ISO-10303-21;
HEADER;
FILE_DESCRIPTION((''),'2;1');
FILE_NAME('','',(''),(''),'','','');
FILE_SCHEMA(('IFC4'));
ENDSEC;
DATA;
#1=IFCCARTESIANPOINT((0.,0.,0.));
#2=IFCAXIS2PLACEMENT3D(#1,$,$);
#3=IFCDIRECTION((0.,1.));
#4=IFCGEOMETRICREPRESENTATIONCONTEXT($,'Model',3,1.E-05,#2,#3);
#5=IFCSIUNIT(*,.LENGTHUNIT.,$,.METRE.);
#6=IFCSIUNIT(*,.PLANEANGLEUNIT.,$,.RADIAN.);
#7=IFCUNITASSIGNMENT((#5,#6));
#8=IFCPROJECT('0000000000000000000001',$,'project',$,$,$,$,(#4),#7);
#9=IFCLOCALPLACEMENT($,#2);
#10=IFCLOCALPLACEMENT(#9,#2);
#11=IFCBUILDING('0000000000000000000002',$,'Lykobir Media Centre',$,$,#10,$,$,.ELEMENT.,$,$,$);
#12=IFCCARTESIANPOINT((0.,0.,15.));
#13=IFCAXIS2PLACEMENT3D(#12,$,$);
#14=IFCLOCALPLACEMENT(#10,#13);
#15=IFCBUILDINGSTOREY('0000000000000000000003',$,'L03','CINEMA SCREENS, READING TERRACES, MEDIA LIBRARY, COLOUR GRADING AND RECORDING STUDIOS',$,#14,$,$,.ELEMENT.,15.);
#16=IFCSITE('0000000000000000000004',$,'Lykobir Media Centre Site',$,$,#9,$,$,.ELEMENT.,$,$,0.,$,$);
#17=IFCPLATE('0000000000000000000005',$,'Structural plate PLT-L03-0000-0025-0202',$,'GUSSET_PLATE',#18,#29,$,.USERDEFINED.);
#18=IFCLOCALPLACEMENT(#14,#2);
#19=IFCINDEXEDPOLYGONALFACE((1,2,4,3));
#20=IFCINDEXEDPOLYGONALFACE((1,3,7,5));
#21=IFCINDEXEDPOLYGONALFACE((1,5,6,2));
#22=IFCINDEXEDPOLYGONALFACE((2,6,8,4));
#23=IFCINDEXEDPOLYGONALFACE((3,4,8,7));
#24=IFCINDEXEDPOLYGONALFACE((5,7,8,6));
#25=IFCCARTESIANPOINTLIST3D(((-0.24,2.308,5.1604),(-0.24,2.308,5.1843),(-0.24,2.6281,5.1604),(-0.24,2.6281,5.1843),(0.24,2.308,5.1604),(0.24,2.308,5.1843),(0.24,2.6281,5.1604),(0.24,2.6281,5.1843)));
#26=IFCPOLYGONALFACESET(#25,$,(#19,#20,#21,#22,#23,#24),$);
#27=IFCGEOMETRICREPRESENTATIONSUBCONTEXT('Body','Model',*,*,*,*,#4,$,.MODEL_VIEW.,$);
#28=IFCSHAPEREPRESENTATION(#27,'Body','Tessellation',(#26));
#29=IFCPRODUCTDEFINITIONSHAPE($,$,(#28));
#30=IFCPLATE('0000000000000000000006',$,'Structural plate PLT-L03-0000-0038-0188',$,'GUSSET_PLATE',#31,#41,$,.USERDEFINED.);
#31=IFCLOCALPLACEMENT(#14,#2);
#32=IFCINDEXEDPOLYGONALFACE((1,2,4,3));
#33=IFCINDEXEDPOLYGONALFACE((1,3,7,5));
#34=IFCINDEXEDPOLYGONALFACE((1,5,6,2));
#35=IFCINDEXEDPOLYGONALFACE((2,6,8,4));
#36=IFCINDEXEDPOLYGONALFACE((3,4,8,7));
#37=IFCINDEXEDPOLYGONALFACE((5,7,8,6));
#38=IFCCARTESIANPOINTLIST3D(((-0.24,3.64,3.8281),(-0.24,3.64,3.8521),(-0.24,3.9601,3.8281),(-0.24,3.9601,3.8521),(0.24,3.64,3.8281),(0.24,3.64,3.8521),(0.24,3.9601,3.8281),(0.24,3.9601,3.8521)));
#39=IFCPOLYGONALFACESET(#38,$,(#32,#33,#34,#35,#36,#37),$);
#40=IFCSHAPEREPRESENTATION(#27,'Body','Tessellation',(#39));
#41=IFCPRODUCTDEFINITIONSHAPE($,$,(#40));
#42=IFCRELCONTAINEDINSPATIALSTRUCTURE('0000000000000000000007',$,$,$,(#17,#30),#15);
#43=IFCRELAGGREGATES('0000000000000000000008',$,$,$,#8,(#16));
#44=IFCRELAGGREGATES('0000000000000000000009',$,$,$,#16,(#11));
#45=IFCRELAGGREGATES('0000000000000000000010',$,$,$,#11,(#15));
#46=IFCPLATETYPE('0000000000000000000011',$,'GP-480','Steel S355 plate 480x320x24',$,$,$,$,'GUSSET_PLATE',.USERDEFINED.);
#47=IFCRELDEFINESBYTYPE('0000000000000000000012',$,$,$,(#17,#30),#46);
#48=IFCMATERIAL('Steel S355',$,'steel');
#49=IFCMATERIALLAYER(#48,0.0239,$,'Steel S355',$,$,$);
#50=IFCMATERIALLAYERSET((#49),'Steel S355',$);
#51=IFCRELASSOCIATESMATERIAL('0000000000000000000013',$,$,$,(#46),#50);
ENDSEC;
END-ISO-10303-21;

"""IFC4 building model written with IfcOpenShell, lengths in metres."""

from ifc_helpers import new_model, si_unit, direction, frame, origin, origin_2d, place, context, subcontext, project, spatial, rectangle, extrude, material, layer, layer_set, type_object, element, save


model = new_model("IFC4")

# Units and contexts
model_context = context("Model", 3, precision=1e-05, world=origin(), true_north=direction((0.0, 1.0)))
body_context = subcontext(model_context, "Body", "Model", "MODEL_VIEW")
ifc_project = project(units=[si_unit("LENGTHUNIT", "METRE"), si_unit("PLANEANGLEUNIT", "RADIAN")], contexts=[model_context])

# Site, building, storey
site_placement = place(None, origin())
site = spatial("IfcSite", under=ifc_project, at=site_placement, Name="Lykobir Media Centre Site", CompositionType="ELEMENT", RefElevation=0.0)
building_placement = place(site_placement, origin())
building = spatial("IfcBuilding", under=site, at=building_placement, Name="Lykobir Media Centre", CompositionType="ELEMENT")
storey_placement = place(building_placement, frame((0.0, 0.0, 15.0)))
storey = spatial("IfcBuildingStorey", under=building, at=storey_placement, Name="L03", Description="CINEMA SCREENS, READING TERRACES, MEDIA LIBRARY, COLOUR GRADING AND RECORDING STUDIOS", CompositionType="ELEMENT", Elevation=15.0)

# Shared definitions
ifc_material_1 = material(Name="Steel S355", Category="steel")

# Plates
ifc_layer = layer(ifc_material_1, 0.0239, Name="Steel S355")
ifc_layer_set = layer_set([ifc_layer], Name="Steel S355")
plate_type = type_object("IfcPlateType", Name="GP-480", Description="Steel S355 plate 480x320x24", ElementType="GUSSET_PLATE", PredefinedType="USERDEFINED", material=ifc_layer_set)
for number, where, z_axis, x_axis, name in (
    (1, (0.0, 2.468, 5.1604), (0.0, 0.0, 1.0), (1.0, 0.0, 0.0), "Structural plate PLT-L03-0000-0025-0202"),
    (2, (0.0, 3.8, 3.8281), (0.0, 0.0, 1.0), (1.0, 0.0, 0.0), "Structural plate PLT-L03-0000-0038-0188"),
):
    element("IfcPlate", number, at=place(storey_placement, frame(where, z_axis=z_axis, x_axis=x_axis)), inside=storey, type_object=plate_type, Name=name, ObjectType="GUSSET_PLATE", PredefinedType="USERDEFINED", context=body_context, shape_type="SweptSolid", body=[
        extrude(rectangle(XDim=0.48, YDim=0.3201, at=origin_2d()), origin(), (0.0, 0.0, 1.0), 0.0239),
    ])

save(model, "model.ifc")
